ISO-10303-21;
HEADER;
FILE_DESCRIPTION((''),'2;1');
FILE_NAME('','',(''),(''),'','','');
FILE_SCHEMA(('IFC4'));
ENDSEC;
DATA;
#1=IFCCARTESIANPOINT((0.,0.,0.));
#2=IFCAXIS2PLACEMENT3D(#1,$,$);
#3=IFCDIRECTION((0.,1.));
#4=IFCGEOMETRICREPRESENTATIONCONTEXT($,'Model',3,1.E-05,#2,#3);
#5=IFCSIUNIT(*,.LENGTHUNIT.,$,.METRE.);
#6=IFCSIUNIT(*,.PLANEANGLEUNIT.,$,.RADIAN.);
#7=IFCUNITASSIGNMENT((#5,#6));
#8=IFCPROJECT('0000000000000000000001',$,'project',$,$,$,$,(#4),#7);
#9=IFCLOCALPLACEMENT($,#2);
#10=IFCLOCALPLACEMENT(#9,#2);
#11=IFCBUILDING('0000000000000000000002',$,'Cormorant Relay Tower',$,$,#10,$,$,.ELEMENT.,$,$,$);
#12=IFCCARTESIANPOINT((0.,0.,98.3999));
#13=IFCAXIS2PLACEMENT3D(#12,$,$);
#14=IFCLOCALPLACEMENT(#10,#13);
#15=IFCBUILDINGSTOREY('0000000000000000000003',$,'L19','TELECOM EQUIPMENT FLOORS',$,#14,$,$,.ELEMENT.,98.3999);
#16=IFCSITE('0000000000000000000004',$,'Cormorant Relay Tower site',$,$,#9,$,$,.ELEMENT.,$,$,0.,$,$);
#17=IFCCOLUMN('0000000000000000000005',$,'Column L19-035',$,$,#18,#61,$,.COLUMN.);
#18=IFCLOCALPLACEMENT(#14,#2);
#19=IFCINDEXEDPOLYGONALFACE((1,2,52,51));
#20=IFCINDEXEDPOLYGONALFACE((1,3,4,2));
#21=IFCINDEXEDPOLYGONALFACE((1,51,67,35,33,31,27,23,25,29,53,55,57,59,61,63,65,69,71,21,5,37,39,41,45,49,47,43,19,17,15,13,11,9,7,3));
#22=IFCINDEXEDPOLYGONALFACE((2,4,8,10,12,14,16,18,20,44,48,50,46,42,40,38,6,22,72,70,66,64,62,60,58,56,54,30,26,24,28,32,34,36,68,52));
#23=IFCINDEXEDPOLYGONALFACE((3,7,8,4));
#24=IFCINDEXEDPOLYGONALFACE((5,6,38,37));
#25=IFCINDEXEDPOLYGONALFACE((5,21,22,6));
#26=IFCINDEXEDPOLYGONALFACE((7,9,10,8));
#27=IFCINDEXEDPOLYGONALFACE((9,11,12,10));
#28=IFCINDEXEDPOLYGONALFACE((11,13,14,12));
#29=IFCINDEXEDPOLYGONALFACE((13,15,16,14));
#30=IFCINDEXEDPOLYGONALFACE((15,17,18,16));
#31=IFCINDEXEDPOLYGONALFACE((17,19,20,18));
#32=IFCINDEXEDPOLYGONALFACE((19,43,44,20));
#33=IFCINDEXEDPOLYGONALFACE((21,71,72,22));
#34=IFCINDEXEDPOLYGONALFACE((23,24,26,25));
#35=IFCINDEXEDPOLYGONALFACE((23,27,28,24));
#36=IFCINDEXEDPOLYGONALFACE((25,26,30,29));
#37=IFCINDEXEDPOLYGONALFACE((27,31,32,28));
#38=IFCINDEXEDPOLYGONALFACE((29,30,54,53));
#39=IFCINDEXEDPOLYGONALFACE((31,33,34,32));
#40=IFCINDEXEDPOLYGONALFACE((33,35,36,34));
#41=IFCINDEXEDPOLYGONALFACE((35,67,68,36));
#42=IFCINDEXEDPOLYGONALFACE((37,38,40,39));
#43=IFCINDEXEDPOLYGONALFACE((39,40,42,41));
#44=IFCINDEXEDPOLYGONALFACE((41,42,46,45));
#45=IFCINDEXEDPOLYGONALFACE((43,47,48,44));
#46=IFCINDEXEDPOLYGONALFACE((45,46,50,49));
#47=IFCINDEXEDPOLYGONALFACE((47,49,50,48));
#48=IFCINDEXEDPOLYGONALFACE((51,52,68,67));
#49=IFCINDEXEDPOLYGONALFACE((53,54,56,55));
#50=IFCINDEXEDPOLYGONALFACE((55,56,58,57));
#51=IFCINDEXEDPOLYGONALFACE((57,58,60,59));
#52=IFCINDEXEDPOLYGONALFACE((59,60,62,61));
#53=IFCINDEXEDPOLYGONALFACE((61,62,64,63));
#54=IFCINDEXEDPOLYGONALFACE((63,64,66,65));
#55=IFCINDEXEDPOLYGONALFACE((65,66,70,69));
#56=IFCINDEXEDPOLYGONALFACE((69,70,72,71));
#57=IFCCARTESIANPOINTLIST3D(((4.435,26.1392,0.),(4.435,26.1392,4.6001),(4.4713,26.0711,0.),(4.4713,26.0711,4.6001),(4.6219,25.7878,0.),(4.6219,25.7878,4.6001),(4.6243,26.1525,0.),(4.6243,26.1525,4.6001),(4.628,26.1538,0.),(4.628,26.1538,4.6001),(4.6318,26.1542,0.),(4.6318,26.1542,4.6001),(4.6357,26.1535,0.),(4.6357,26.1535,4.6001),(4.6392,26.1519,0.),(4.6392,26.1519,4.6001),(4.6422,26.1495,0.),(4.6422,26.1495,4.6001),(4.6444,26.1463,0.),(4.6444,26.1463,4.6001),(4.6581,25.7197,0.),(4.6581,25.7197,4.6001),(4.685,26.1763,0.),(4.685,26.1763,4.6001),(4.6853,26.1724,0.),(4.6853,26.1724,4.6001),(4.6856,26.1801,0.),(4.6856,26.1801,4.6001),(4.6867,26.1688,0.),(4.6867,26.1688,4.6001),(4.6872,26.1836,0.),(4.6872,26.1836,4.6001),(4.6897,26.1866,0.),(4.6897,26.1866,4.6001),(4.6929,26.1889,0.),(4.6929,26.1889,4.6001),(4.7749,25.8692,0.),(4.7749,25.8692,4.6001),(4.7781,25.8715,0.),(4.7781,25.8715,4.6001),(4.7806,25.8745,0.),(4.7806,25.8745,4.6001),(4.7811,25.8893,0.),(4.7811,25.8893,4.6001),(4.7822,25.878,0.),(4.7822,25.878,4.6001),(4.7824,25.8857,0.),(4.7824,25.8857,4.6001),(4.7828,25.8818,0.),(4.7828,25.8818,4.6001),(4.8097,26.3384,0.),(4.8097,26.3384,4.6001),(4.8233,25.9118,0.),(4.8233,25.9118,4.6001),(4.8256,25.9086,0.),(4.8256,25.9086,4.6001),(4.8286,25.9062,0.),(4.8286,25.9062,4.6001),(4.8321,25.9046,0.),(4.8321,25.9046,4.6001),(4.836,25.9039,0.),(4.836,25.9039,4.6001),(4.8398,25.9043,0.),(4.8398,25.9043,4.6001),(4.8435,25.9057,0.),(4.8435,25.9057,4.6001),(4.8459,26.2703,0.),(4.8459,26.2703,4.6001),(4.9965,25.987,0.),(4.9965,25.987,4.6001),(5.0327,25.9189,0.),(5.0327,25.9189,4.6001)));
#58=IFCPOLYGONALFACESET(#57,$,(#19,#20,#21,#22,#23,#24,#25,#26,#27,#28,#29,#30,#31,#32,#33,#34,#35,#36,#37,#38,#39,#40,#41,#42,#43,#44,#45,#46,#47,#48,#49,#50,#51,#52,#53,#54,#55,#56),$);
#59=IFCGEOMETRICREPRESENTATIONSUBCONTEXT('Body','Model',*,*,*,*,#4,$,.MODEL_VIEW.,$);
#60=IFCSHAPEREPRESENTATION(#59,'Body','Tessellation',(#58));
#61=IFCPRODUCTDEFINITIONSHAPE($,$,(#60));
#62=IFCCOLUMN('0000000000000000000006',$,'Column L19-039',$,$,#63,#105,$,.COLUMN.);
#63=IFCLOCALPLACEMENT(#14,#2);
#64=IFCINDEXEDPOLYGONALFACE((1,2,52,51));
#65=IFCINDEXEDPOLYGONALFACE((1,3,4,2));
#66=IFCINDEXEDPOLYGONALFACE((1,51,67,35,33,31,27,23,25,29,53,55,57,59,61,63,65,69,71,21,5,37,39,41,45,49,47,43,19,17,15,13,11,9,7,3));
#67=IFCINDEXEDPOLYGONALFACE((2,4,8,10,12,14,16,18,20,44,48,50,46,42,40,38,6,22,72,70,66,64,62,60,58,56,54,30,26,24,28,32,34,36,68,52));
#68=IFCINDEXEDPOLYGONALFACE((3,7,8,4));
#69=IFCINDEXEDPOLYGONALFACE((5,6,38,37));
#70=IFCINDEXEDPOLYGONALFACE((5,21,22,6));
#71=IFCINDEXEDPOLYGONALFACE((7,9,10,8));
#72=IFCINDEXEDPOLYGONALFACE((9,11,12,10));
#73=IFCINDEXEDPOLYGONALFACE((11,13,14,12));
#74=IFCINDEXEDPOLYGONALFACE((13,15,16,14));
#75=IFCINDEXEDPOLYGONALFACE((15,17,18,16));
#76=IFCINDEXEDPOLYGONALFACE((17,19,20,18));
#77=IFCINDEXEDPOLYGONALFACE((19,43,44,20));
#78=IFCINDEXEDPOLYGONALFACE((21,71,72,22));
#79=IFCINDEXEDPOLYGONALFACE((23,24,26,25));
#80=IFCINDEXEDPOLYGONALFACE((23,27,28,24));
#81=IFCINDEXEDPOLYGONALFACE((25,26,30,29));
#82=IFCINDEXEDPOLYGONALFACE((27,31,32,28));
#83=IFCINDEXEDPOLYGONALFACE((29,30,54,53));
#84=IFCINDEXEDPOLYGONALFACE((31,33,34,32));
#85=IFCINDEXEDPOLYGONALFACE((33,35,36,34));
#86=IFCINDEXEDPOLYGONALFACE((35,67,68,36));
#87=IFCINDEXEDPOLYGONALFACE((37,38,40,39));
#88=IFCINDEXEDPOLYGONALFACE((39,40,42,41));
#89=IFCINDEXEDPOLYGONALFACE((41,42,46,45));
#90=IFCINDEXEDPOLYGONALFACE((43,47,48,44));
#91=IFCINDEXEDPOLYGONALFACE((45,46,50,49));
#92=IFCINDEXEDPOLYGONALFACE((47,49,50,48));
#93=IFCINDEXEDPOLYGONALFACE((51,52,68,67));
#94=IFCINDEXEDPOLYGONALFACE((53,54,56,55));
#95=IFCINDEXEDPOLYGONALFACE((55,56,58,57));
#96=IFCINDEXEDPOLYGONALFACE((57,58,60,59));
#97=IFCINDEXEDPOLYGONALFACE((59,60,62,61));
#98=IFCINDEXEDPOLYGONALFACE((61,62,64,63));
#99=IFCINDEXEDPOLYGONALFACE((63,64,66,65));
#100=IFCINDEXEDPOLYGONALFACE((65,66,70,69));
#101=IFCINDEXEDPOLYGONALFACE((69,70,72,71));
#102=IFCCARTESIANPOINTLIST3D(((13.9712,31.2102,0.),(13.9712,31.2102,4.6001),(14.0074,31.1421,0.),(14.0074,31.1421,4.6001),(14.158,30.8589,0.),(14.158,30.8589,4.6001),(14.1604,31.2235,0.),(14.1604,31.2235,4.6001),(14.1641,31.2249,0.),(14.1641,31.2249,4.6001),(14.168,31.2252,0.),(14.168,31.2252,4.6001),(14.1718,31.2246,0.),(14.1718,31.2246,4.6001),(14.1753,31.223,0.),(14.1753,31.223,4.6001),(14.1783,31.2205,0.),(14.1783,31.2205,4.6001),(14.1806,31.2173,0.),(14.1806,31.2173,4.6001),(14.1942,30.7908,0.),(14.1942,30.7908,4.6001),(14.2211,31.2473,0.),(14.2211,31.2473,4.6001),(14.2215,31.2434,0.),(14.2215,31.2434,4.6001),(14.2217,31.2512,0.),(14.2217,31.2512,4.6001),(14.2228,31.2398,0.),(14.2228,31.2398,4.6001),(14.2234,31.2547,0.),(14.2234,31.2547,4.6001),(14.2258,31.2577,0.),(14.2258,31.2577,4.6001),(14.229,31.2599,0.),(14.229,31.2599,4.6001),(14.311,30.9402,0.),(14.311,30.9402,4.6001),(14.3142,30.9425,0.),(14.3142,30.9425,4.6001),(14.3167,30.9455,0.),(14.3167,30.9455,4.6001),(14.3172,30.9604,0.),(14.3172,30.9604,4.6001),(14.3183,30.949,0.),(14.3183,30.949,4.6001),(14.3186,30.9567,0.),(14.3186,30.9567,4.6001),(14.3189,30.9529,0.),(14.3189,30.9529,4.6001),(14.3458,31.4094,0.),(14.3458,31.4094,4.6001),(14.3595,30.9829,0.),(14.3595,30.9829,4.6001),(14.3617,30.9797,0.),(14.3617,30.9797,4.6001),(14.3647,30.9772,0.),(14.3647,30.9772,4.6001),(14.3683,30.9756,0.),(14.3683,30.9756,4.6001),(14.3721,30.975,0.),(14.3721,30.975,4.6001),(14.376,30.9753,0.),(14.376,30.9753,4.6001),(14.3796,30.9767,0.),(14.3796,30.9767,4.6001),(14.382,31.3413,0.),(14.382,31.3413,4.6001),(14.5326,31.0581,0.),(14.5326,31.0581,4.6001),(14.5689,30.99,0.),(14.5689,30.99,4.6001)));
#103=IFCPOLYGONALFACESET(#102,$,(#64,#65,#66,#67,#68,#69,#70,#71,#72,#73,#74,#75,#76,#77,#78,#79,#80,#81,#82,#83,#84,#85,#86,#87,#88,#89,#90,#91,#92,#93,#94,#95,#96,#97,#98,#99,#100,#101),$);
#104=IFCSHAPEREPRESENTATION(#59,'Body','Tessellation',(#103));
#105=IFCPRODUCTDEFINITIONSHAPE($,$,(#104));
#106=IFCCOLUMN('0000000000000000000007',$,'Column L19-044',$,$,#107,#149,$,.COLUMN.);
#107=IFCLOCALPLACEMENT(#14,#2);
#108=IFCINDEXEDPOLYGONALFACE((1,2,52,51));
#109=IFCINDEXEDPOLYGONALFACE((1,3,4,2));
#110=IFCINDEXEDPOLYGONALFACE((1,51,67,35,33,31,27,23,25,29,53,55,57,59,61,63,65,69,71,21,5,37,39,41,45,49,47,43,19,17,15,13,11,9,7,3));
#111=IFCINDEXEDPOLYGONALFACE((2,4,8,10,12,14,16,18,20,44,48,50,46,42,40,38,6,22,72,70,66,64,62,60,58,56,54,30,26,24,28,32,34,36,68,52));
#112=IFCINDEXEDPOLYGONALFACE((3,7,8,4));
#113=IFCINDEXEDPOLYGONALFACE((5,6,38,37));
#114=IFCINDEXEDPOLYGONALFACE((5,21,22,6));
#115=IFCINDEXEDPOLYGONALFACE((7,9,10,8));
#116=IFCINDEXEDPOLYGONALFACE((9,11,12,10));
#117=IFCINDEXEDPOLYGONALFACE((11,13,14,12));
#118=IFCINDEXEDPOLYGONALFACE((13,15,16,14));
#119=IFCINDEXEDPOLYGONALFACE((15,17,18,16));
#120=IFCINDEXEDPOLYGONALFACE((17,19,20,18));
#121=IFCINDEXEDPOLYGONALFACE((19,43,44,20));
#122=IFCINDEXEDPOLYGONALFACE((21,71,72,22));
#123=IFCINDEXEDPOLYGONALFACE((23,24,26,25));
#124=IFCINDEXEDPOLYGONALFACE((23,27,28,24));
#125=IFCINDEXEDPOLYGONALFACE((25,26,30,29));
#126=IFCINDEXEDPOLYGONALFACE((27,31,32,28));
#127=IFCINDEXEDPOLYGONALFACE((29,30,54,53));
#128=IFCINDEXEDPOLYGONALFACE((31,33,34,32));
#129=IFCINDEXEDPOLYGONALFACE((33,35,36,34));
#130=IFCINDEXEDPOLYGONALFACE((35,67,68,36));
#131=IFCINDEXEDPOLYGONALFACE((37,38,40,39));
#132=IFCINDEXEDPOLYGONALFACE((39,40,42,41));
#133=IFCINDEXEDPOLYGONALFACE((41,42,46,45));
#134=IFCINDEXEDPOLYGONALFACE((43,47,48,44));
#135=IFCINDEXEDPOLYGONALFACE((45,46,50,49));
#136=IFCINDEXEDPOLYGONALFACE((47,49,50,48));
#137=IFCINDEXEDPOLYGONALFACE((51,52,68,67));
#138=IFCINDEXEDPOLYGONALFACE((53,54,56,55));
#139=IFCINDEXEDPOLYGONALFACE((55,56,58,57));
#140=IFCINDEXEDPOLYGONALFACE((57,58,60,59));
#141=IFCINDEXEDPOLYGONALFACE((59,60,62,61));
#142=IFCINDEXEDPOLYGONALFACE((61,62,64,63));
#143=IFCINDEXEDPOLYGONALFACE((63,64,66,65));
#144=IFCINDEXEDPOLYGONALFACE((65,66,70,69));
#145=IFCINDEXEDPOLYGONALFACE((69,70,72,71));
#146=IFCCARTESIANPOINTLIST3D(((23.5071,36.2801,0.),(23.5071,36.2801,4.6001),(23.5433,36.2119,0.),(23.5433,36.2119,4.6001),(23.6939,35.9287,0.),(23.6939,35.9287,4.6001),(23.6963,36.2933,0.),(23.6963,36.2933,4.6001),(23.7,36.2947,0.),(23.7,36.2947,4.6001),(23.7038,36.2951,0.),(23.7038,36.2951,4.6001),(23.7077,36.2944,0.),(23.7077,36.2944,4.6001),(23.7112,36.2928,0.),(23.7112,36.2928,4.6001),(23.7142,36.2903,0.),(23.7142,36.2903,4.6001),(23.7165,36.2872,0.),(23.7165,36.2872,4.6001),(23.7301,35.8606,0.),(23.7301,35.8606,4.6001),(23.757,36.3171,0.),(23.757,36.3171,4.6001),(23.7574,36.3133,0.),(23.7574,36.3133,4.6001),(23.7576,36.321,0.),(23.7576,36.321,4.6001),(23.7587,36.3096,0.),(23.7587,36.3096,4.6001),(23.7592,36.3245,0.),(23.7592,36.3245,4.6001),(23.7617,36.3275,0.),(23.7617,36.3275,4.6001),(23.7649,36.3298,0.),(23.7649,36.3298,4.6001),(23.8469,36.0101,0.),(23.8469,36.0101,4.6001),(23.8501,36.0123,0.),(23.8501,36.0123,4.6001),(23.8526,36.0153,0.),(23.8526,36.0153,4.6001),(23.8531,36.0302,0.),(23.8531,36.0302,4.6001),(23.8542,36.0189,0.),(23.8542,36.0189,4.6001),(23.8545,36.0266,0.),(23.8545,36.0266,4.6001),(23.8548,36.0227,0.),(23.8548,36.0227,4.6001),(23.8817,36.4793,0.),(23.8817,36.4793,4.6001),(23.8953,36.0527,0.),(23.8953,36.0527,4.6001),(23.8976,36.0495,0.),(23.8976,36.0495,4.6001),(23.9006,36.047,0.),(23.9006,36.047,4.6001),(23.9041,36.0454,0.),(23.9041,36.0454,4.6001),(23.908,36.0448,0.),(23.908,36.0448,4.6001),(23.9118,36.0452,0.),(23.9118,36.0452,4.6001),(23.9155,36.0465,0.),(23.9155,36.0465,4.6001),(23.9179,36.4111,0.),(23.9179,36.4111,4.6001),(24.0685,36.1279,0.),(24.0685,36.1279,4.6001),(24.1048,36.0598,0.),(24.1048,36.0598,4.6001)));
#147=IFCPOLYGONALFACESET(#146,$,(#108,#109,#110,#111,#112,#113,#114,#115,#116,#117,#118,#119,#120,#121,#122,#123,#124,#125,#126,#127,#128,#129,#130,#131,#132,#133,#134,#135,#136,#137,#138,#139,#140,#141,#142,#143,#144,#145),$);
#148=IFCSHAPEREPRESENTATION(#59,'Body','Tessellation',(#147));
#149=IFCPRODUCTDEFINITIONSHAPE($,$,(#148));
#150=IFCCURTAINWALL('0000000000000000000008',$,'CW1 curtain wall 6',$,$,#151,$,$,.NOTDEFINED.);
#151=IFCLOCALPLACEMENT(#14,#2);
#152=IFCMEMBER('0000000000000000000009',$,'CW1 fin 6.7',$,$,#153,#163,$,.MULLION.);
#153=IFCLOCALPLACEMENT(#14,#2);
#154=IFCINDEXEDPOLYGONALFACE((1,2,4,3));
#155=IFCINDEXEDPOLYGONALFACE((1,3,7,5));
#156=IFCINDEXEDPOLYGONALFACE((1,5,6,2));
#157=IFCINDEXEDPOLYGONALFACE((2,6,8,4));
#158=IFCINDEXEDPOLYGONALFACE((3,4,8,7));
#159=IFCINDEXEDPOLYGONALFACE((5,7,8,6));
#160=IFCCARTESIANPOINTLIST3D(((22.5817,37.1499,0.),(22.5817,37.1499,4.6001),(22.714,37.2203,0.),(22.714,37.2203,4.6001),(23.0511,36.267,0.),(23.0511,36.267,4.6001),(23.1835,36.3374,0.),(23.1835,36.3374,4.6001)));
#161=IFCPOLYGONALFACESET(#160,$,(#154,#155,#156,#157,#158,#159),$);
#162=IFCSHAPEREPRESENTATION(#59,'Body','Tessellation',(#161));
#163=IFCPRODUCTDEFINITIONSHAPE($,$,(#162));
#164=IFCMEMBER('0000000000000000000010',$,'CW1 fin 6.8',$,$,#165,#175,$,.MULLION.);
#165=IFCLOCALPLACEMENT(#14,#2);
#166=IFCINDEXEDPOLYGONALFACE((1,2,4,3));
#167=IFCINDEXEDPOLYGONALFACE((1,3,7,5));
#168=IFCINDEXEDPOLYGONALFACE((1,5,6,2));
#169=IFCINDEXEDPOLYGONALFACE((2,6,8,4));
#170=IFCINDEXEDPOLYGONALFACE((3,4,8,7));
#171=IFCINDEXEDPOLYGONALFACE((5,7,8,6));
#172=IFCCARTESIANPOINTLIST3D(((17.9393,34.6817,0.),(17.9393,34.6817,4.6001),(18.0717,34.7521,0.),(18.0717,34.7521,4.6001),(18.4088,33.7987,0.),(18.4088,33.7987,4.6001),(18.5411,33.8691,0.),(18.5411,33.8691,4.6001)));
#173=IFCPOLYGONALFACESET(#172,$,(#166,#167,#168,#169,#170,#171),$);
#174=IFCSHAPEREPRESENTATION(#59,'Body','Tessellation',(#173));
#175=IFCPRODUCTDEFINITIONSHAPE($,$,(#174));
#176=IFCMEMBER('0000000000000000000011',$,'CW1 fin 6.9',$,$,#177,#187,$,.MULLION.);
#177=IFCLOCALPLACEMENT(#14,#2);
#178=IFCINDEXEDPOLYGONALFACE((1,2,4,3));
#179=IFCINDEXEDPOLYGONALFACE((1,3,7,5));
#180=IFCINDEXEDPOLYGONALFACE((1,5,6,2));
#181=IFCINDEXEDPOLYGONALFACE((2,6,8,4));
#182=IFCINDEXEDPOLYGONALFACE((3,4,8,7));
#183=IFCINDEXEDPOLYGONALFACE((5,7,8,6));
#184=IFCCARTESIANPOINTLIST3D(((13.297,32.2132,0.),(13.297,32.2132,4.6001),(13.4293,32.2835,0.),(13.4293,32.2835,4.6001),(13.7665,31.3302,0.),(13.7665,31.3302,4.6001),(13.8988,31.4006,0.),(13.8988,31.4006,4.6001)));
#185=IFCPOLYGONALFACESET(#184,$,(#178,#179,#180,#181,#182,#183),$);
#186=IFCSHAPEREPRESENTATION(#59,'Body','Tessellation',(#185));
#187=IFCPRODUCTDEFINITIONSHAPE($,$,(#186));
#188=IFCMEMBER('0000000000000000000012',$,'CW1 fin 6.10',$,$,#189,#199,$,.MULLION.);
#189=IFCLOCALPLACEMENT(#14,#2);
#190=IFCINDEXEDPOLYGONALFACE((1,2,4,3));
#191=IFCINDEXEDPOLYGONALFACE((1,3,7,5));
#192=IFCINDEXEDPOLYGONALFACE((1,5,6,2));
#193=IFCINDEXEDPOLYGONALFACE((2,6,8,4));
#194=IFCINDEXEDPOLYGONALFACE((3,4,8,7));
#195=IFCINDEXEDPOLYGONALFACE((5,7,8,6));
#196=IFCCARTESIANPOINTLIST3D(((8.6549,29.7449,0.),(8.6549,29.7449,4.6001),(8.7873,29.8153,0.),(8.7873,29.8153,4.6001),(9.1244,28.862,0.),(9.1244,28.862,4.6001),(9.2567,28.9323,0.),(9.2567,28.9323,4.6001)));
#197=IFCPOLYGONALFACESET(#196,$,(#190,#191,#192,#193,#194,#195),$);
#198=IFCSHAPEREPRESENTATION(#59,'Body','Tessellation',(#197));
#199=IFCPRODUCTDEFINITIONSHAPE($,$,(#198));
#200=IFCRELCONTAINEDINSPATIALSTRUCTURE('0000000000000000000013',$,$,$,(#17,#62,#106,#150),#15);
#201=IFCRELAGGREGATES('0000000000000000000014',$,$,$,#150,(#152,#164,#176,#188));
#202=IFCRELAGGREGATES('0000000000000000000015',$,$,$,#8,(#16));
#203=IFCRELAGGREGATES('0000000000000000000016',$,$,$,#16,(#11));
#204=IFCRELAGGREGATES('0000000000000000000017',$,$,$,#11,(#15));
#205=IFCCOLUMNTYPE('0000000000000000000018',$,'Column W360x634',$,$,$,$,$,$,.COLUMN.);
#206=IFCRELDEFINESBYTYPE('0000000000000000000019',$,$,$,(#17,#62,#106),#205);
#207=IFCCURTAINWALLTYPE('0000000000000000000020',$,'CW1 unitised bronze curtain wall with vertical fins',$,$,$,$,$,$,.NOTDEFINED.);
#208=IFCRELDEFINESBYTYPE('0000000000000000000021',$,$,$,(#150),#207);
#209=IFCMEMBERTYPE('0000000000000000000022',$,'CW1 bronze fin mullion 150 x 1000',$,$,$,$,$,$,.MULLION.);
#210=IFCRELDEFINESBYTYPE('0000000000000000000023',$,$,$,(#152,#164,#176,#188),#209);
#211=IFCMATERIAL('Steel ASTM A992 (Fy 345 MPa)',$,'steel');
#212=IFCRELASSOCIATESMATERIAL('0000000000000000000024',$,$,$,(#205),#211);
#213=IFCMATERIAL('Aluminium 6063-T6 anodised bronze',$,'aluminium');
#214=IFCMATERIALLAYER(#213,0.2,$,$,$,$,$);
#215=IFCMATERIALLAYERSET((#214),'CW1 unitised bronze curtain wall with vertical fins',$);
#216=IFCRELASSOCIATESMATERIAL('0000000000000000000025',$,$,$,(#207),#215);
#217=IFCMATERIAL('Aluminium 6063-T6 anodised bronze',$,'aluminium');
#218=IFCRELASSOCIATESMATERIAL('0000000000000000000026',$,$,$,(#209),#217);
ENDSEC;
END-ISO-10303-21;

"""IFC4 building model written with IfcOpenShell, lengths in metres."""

from ifc_helpers import new_model, si_unit, direction, frame, origin, origin_2d, place, context, subcontext, project, spatial, rectangle, i_section, extrude, material, layer, layer_set, material_profile, profile_set, type_object, element, aggregate, save


model = new_model("IFC4")

# Units and contexts
model_context = context("Model", 3, precision=1e-05, world=origin(), true_north=direction((0.0, 1.0)))
body_context = subcontext(model_context, "Body", "Model", "MODEL_VIEW")
ifc_project = project(units=[si_unit("LENGTHUNIT", "METRE"), si_unit("PLANEANGLEUNIT", "RADIAN")], contexts=[model_context])

# Site, building, storey
site_placement = place(None, origin())
site = spatial("IfcSite", under=ifc_project, at=site_placement, Name="Cormorant Relay Tower site", CompositionType="ELEMENT", RefElevation=0.0)
building_placement = place(site_placement, origin())
building = spatial("IfcBuilding", under=site, at=building_placement, Name="Cormorant Relay Tower", CompositionType="ELEMENT")
storey_placement = place(building_placement, frame((0.0, 0.0, 98.3999)))
storey = spatial("IfcBuildingStorey", under=building, at=storey_placement, Name="L19", Description="TELECOM EQUIPMENT FLOORS", CompositionType="ELEMENT", Elevation=98.3999)

# Columns
ifc_material_1 = material(Name="Steel ASTM A992 (Fy 345 MPa)", Category="steel")
ifc_material_profile_1 = material_profile(ifc_material_1, i_section(OverallWidth=0.4243, OverallDepth=0.4751, WebThickness=0.0479, FlangeThickness=0.0771, FilletRadius=0.0149, at=origin_2d()), Name="W360x634")
ifc_profile_set_1 = profile_set([ifc_material_profile_1], Name="Steel ASTM A992 (Fy 345 MPa)")
column_type = type_object("IfcColumnType", Name="Column W360x634", PredefinedType="COLUMN", material=ifc_profile_set_1)
for number, where, z_axis, x_axis, name in (
    (1, (4.7339, 26.0291, 0.0), (0.0, 0.0, 1.0), (-0.882948, -0.469472, 0.0), "Column L19-035"),
    (2, (14.27, 31.1001, 0.0), (0.0, 0.0, 1.0), (-0.882948, -0.469472, 0.0), "Column L19-039"),
    (3, (23.8059, 36.1699, 0.0), (0.0, 0.0, 1.0), (-0.882948, -0.469472, 0.0), "Column L19-044"),
):
    element("IfcColumn", number, at=place(storey_placement, frame(where, z_axis=z_axis, x_axis=x_axis)), inside=storey, type_object=column_type, Name=name, PredefinedType="COLUMN", context=body_context, shape_type="SweptSolid", body=[
        extrude(i_section(OverallWidth=0.4243, OverallDepth=0.4751, WebThickness=0.0479, FlangeThickness=0.0771, FilletRadius=0.0149, at=origin_2d()), origin(), (0.0, 0.0, 1.0), 4.6001),
    ])

# Curtain wall, members
ifc_material_2 = material(Name="Aluminium 6063-T6 anodised bronze", Category="aluminium")
ifc_layer_1 = layer(ifc_material_2, 0.2)
ifc_layer_set_1 = layer_set([ifc_layer_1], Name="CW1 unitised bronze curtain wall with vertical fins")
curtain_wall_type = type_object("IfcCurtainWallType", Name="CW1 unitised bronze curtain wall with vertical fins", PredefinedType="NOTDEFINED", material=ifc_layer_set_1)
curtain_wall_1_placement = place(storey_placement, origin())
curtain_wall_1 = element("IfcCurtainWall", 4, at=curtain_wall_1_placement, inside=storey, type_object=curtain_wall_type, Name="CW1 curtain wall 6", PredefinedType="NOTDEFINED")
ifc_material_3 = material(Name="Aluminium 6063-T6 anodised bronze", Category="aluminium")
ifc_material_profile_2 = material_profile(ifc_material_3, rectangle(XDim=0.1499, YDim=1.0, at=origin_2d()), Name="AL 150x1000")
ifc_profile_set_2 = profile_set([ifc_material_profile_2], Name="Aluminium 6063-T6 anodised bronze")
member_type_1 = type_object("IfcMemberType", Name="CW1 bronze fin mullion 150 x 1000", PredefinedType="MULLION", material=ifc_profile_set_2)
member_1_placement = place(storey_placement, frame((22.8826, 36.7437, 0.0), z_axis=(0.0, 0.0, 1.0), x_axis=(-0.882948, -0.469472, 0.0)))
member_1 = element("IfcMember", 5, at=member_1_placement, type_object=member_type_1, Name="CW1 fin 6.7", PredefinedType="MULLION", context=body_context, shape_type="SweptSolid", body=[
    extrude(rectangle(XDim=0.1499, YDim=1.0, at=origin_2d()), origin(), (0.0, 0.0, 1.0), 4.6001),
])
member_2_placement = place(storey_placement, frame((18.2402, 34.2754, 0.0), z_axis=(0.0, 0.0, 1.0), x_axis=(-0.882948, -0.469472, 0.0)))
member_2 = element("IfcMember", 6, at=member_2_placement, type_object=member_type_1, Name="CW1 fin 6.8", PredefinedType="MULLION", context=body_context, shape_type="SweptSolid", body=[
    extrude(rectangle(XDim=0.1499, YDim=1.0, at=origin_2d()), origin(), (0.0, 0.0, 1.0), 4.6001),
])
member_3_placement = place(storey_placement, frame((13.5979, 31.8069, 0.0), z_axis=(0.0, 0.0, 1.0), x_axis=(-0.882948, -0.469472, 0.0)))
member_3 = element("IfcMember", 7, at=member_3_placement, type_object=member_type_1, Name="CW1 fin 6.9", PredefinedType="MULLION", context=body_context, shape_type="SweptSolid", body=[
    extrude(rectangle(XDim=0.1499, YDim=1.0, at=origin_2d()), origin(), (0.0, 0.0, 1.0), 4.6001),
])
member_4_placement = place(storey_placement, frame((8.9558, 29.3386, 0.0), z_axis=(0.0, 0.0, 1.0), x_axis=(-0.882948, -0.469472, 0.0)))
member_4 = element("IfcMember", 8, at=member_4_placement, type_object=member_type_1, Name="CW1 fin 6.10", PredefinedType="MULLION", context=body_context, shape_type="SweptSolid", body=[
    extrude(rectangle(XDim=0.1499, YDim=1.0, at=origin_2d()), origin(), (0.0, 0.0, 1.0), 4.6001),
])

aggregate(curtain_wall_1, [member_1, member_2, member_3, member_4])

save(model, "model.ifc")
